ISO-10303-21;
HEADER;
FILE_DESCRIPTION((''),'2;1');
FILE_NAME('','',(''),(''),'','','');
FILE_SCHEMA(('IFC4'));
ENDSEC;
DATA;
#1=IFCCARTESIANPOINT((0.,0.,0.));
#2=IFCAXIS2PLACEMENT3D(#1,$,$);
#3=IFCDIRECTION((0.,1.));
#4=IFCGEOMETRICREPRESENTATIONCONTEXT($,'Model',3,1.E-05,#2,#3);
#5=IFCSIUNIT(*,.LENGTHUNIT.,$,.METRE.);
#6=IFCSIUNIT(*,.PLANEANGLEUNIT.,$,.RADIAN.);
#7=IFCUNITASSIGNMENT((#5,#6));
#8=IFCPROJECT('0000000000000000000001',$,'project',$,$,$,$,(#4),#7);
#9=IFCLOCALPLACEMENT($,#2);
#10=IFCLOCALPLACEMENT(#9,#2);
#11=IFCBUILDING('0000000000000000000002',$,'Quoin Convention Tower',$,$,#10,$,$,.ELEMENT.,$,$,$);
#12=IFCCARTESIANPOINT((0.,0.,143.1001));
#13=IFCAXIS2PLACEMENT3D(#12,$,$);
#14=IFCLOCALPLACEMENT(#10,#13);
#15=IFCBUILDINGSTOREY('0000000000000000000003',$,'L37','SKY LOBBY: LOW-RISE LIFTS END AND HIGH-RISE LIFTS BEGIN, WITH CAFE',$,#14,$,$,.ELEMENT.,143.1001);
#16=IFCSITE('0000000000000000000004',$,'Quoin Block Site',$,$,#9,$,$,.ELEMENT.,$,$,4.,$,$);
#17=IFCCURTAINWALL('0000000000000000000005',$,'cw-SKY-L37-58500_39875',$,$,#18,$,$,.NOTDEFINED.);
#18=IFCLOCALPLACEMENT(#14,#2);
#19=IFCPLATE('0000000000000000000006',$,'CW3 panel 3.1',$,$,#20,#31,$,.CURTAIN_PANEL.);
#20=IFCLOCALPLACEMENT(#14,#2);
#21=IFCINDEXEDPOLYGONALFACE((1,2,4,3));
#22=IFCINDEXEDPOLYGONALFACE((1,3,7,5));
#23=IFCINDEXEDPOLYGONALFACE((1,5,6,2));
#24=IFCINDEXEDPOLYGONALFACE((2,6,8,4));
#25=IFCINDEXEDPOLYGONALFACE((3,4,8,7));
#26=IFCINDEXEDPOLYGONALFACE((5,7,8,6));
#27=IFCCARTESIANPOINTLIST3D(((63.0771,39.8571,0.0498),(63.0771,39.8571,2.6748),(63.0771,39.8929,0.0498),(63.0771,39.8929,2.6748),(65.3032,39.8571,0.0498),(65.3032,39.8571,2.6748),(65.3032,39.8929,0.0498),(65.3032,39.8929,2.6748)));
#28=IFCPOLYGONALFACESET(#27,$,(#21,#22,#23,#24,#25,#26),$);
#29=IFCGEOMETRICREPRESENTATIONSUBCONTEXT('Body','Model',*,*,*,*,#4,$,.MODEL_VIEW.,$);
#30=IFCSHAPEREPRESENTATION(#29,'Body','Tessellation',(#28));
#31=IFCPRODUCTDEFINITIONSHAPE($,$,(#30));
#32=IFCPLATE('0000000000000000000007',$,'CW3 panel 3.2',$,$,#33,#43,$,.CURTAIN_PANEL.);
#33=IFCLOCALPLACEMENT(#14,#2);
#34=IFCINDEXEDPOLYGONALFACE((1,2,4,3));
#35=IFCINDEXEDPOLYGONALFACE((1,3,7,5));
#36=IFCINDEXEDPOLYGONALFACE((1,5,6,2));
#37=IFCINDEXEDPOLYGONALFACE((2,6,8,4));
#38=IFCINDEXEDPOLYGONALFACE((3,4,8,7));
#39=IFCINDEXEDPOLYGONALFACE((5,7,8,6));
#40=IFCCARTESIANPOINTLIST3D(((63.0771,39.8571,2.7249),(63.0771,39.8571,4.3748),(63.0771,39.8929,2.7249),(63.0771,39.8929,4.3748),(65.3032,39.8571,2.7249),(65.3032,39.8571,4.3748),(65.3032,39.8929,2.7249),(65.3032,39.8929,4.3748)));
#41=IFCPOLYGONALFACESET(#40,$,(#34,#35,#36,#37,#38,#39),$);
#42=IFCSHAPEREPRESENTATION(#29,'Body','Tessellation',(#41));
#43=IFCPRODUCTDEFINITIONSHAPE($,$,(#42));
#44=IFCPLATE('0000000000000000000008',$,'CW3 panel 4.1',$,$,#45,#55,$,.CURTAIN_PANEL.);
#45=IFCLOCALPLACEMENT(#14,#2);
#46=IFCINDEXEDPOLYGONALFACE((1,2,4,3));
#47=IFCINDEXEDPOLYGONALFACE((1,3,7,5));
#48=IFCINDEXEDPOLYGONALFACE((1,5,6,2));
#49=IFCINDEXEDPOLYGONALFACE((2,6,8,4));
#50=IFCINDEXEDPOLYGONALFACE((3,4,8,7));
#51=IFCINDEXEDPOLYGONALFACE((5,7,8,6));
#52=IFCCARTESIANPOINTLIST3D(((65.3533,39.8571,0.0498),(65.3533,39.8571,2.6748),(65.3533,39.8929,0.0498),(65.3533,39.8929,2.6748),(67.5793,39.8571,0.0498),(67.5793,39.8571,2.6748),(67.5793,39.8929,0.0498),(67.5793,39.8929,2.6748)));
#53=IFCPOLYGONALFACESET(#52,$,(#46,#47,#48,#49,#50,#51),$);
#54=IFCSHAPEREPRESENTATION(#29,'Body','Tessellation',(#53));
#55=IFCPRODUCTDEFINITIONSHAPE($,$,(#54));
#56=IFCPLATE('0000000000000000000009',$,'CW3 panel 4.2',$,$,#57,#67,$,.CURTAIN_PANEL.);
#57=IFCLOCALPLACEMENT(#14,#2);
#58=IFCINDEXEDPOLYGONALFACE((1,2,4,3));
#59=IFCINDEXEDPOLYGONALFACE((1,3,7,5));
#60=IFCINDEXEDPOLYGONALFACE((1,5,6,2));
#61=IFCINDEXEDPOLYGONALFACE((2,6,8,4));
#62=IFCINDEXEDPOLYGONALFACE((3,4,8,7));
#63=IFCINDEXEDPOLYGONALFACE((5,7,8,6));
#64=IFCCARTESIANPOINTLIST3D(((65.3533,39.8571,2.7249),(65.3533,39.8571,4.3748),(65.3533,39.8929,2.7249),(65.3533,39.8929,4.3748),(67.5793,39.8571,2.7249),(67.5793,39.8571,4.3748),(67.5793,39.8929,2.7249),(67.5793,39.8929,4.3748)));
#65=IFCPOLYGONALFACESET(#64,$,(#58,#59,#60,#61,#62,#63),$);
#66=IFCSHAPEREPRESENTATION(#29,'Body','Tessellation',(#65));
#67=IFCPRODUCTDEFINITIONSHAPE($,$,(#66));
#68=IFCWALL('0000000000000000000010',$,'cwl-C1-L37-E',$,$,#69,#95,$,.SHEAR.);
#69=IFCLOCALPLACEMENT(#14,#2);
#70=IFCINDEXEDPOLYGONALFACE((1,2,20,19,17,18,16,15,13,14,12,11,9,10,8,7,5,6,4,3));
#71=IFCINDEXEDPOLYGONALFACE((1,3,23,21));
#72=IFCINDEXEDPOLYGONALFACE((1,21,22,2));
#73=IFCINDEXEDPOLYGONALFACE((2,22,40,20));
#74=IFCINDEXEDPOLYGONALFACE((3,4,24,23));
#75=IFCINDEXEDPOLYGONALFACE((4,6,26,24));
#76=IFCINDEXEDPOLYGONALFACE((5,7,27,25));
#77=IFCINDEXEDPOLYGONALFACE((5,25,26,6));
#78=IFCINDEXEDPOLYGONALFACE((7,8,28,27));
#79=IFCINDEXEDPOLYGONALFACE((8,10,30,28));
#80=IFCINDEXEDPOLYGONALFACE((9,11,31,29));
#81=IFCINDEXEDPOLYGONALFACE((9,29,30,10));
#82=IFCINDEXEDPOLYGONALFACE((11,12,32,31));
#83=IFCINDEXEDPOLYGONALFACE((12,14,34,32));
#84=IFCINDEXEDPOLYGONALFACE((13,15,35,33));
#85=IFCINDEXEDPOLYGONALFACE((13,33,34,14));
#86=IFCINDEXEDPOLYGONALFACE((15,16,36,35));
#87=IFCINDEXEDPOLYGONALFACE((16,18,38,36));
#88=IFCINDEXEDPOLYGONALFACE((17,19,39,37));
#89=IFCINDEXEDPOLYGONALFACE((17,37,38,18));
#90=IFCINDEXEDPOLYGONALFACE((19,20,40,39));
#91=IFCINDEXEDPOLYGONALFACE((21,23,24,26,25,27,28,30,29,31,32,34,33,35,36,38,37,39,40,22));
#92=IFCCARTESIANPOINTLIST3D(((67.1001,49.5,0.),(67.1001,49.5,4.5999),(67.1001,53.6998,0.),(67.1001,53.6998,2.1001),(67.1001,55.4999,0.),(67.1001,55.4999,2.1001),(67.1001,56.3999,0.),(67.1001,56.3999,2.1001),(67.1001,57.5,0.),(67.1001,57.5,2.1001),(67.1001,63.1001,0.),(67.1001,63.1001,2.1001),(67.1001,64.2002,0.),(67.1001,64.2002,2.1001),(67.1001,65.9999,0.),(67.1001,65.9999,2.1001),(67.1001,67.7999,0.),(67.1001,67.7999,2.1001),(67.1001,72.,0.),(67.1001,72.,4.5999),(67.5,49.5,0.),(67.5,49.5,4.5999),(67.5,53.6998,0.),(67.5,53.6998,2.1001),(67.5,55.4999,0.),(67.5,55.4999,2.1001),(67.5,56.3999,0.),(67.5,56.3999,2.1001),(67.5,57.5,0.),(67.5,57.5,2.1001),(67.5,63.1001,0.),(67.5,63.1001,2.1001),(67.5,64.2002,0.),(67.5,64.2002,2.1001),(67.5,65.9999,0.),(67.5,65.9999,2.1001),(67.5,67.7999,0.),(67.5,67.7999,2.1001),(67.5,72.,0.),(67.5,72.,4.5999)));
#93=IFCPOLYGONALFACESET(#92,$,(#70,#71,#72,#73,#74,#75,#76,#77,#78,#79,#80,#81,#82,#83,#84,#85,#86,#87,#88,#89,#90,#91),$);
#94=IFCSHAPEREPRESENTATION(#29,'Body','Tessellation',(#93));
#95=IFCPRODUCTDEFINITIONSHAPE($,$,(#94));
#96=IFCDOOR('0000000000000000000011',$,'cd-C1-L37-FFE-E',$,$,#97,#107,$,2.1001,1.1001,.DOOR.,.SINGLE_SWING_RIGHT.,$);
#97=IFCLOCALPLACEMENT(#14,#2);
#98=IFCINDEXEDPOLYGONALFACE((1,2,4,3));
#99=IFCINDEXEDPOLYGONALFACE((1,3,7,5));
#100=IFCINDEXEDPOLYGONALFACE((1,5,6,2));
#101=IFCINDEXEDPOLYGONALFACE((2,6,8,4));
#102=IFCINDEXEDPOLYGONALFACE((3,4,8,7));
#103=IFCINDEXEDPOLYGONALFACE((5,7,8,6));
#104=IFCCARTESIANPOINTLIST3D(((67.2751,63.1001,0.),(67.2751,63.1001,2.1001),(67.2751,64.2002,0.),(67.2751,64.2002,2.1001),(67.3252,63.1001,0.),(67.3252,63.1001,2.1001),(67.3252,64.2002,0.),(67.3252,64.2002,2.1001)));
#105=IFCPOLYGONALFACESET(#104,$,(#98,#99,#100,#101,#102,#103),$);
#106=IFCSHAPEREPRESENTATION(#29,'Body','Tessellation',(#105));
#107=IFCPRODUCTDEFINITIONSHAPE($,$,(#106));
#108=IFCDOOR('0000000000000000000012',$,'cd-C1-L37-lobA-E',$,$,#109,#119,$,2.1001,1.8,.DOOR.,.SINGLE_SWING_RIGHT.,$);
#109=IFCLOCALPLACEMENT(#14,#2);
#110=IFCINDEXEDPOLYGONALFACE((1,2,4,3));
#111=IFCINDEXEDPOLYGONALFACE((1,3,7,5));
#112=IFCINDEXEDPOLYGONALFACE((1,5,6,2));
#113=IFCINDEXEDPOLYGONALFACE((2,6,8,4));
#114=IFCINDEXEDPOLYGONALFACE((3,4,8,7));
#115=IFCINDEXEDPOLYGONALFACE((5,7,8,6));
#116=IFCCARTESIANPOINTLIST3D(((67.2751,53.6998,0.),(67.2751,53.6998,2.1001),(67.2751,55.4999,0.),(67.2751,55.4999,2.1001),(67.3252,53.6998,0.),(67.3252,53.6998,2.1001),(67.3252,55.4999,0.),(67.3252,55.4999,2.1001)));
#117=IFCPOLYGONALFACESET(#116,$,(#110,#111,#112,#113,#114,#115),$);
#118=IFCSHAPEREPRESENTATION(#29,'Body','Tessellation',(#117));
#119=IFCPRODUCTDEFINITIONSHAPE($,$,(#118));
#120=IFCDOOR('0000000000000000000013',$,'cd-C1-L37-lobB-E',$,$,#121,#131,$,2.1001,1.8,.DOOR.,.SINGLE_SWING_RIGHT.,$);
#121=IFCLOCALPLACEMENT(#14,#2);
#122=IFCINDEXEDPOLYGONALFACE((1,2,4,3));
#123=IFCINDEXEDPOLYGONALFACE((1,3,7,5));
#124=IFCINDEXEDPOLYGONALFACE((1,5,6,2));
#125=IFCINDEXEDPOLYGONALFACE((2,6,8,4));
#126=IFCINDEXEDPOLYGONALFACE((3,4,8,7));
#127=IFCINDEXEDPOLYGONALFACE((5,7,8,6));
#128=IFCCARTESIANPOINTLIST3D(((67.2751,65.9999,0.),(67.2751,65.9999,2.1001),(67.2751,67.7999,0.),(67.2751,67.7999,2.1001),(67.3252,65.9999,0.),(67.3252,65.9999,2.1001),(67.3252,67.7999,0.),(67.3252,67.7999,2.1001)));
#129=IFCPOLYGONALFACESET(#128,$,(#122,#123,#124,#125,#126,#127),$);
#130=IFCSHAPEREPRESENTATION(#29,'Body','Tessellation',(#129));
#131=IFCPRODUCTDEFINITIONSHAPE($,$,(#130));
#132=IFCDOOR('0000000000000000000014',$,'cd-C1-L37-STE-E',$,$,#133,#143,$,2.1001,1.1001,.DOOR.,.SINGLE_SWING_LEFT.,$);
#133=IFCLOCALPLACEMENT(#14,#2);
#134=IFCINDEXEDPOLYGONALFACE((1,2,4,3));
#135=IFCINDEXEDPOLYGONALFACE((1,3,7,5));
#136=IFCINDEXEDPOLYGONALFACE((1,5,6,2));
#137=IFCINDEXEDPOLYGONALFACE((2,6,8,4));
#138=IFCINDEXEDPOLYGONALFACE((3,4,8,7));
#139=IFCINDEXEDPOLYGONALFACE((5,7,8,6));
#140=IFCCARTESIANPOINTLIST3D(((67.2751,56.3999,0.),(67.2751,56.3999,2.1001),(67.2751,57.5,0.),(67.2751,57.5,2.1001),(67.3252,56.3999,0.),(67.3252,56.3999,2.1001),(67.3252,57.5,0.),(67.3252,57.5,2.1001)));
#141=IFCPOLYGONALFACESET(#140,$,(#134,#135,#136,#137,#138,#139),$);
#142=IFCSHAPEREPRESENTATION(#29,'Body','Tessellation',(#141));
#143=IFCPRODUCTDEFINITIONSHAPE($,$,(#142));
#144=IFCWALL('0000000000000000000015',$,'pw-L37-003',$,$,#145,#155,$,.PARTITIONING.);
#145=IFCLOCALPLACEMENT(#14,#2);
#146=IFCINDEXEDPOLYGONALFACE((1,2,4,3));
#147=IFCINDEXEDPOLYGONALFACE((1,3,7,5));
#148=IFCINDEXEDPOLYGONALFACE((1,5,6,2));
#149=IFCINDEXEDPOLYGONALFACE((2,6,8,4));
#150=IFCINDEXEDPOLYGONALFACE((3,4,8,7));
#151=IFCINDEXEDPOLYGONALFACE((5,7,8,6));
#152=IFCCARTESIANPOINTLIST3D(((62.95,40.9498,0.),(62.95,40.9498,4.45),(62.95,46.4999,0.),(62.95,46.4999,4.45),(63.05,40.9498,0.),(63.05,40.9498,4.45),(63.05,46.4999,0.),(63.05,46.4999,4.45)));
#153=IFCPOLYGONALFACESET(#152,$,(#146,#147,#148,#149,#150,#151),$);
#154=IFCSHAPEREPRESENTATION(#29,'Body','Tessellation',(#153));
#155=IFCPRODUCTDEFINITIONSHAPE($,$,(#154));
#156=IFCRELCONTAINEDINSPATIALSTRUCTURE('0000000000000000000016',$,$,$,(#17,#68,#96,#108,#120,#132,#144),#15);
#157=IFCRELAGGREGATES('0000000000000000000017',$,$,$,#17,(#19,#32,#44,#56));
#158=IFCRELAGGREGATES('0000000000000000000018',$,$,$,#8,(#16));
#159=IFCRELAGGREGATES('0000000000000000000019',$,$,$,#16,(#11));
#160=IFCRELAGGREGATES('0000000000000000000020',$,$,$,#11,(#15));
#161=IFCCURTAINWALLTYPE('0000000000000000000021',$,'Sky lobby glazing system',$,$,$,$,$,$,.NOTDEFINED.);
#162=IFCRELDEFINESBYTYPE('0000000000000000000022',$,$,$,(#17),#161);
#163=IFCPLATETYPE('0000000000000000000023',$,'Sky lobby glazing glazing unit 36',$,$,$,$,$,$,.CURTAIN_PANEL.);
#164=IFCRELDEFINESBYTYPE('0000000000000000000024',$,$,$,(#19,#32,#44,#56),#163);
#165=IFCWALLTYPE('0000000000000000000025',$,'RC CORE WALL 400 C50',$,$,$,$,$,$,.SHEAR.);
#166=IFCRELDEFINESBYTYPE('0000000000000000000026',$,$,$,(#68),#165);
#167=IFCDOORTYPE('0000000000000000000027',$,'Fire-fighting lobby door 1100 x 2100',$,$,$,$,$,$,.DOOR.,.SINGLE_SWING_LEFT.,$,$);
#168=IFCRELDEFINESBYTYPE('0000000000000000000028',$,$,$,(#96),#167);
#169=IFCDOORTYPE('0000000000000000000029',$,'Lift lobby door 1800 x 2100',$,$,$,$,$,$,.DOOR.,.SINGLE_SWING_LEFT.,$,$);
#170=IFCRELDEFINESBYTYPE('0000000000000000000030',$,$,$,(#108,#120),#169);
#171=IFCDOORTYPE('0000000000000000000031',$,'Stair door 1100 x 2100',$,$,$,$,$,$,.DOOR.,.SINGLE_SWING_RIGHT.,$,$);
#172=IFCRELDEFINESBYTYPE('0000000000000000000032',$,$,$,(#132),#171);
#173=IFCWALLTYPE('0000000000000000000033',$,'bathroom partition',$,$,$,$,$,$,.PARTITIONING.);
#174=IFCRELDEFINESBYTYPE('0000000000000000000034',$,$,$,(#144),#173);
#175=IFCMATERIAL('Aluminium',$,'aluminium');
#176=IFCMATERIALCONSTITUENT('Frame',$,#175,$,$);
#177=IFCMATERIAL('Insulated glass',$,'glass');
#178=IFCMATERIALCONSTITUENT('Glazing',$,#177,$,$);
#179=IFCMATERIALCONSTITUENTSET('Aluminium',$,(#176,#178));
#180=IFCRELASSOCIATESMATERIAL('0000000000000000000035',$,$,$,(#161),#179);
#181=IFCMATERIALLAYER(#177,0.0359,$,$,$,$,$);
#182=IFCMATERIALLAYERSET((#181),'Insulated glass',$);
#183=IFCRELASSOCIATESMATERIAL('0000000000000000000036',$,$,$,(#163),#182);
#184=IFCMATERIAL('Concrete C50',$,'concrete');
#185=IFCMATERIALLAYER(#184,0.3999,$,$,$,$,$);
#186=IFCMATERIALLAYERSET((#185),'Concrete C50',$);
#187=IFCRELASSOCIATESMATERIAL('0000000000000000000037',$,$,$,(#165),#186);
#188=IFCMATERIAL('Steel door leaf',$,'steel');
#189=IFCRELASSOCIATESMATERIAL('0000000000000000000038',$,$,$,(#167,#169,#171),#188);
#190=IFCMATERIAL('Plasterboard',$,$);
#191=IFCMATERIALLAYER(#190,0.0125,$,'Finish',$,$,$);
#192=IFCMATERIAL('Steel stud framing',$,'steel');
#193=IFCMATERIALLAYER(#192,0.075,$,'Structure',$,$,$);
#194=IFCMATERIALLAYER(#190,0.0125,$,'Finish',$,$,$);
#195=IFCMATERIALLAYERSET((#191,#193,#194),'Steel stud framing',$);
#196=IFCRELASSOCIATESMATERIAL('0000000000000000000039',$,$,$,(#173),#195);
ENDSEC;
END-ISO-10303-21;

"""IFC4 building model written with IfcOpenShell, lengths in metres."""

from ifc_helpers import new_model, si_unit, direction, frame, frame_2d, origin, origin_2d, place, context, subcontext, project, spatial, rectangle, extrude, material, layer, layer_set, constituent, constituent_set, type_object, element, fill, aggregate, save


model = new_model("IFC4")

# Units and contexts
model_context = context("Model", 3, precision=1e-05, world=origin(), true_north=direction((0.0, 1.0)))
body_context = subcontext(model_context, "Body", "Model", "MODEL_VIEW")
ifc_project = project(units=[si_unit("LENGTHUNIT", "METRE"), si_unit("PLANEANGLEUNIT", "RADIAN")], contexts=[model_context])

# Site, building, storey
site_placement = place(None, origin())
site = spatial("IfcSite", under=ifc_project, at=site_placement, Name="Quoin Block Site", CompositionType="ELEMENT", RefElevation=4.0)
building_placement = place(site_placement, origin())
building = spatial("IfcBuilding", under=site, at=building_placement, Name="Quoin Convention Tower", CompositionType="ELEMENT")
storey_placement = place(building_placement, frame((0.0, 0.0, 143.1001)))
storey = spatial("IfcBuildingStorey", under=building, at=storey_placement, Name="L37", Description="SKY LOBBY: LOW-RISE LIFTS END AND HIGH-RISE LIFTS BEGIN, WITH CAFE", CompositionType="ELEMENT", Elevation=143.1001)

# Shared definitions
ifc_material_1 = material(Name="Concrete C50", Category="concrete")

# Curtain wall, plates
ifc_material_2 = material(Name="Aluminium", Category="aluminium")
ifc_constituent_1 = constituent(ifc_material_2, Name="Frame")
ifc_material_3 = material(Name="Insulated glass", Category="glass")
ifc_constituent_2 = constituent(ifc_material_3, Name="Glazing")
ifc_constituent_set = constituent_set(constituents=[ifc_constituent_1, ifc_constituent_2], Name="Aluminium")
curtain_wall_type = type_object("IfcCurtainWallType", Name="Sky lobby glazing system", PredefinedType="NOTDEFINED", material=ifc_constituent_set)
curtain_wall_placement = place(storey_placement, origin())
curtain_wall = element("IfcCurtainWall", 1, at=curtain_wall_placement, inside=storey, type_object=curtain_wall_type, Name="cw-SKY-L37-58500_39875", PredefinedType="NOTDEFINED")
ifc_layer_1 = layer(ifc_material_3, 0.0359)
ifc_layer_set_1 = layer_set([ifc_layer_1], Name="Insulated glass")
plate_type = type_object("IfcPlateType", Name="Sky lobby glazing glazing unit 36", PredefinedType="CURTAIN_PANEL", material=ifc_layer_set_1)
plate_1_placement = place(storey_placement, frame((64.1902, 39.875, 0.0498), z_axis=(0.0, 0.0, 1.0), x_axis=(1.0, 0.0, 0.0)))
plate_1 = element("IfcPlate", 2, at=plate_1_placement, type_object=plate_type, Name="CW3 panel 3.1", PredefinedType="CURTAIN_PANEL", context=body_context, shape_type="SweptSolid", body=[
    extrude(rectangle(XDim=2.2261, YDim=0.0359, at=origin_2d()), origin(), (0.0, 0.0, 1.0), 2.625),
])
plate_2_placement = place(storey_placement, frame((64.1902, 39.875, 2.7249), z_axis=(0.0, 0.0, 1.0), x_axis=(1.0, 0.0, 0.0)))
plate_2 = element("IfcPlate", 3, at=plate_2_placement, type_object=plate_type, Name="CW3 panel 3.2", PredefinedType="CURTAIN_PANEL", context=body_context, shape_type="SweptSolid", body=[
    extrude(rectangle(XDim=2.2261, YDim=0.0359, at=origin_2d()), origin(), (0.0, 0.0, 1.0), 1.6499),
])
plate_3_placement = place(storey_placement, frame((66.4663, 39.875, 0.0498), z_axis=(0.0, 0.0, 1.0), x_axis=(1.0, 0.0, 0.0)))
plate_3 = element("IfcPlate", 4, at=plate_3_placement, type_object=plate_type, Name="CW3 panel 4.1", PredefinedType="CURTAIN_PANEL", context=body_context, shape_type="SweptSolid", body=[
    extrude(rectangle(XDim=2.2261, YDim=0.0359, at=origin_2d()), origin(), (0.0, 0.0, 1.0), 2.625),
])
plate_4_placement = place(storey_placement, frame((66.4663, 39.875, 2.7249), z_axis=(0.0, 0.0, 1.0), x_axis=(1.0, 0.0, 0.0)))
plate_4 = element("IfcPlate", 5, at=plate_4_placement, type_object=plate_type, Name="CW3 panel 4.2", PredefinedType="CURTAIN_PANEL", context=body_context, shape_type="SweptSolid", body=[
    extrude(rectangle(XDim=2.2261, YDim=0.0359, at=origin_2d()), origin(), (0.0, 0.0, 1.0), 1.6499),
])
aggregate(curtain_wall, [plate_1, plate_2, plate_3, plate_4])

# Wall, openings, doors
ifc_layer_2 = layer(ifc_material_1, 0.3999)
ifc_layer_set_2 = layer_set([ifc_layer_2], Name="Concrete C50")
wall_type_1 = type_object("IfcWallType", Name="RC CORE WALL 400 C50", PredefinedType="SHEAR", material=ifc_layer_set_2)
wall_1_placement = place(storey_placement, frame((67.3, 49.5, 0.0), z_axis=(0.0, 0.0, 1.0), x_axis=(0.0, 1.0, 0.0)))
wall_1 = element("IfcWall", 6, at=wall_1_placement, inside=storey, type_object=wall_type_1, Name="cwl-C1-L37-E", PredefinedType="SHEAR", context=body_context, shape_type="SweptSolid", body=[
    extrude(rectangle(XDim=22.5, YDim=0.3999, at=frame_2d((11.25, 0.0))), origin(), (0.0, 0.0, 1.0), 4.5999),
])
opening_1_placement = place(wall_1_placement, frame((4.2, 0.0, 0.0)))
opening_1 = element("IfcOpeningElement", 7, at=opening_1_placement, cuts=wall_1, PredefinedType="OPENING", context=body_context, shape_type="SweptSolid", body=[
    extrude(rectangle(XDim=1.8, YDim=2.1001, at=frame_2d((0.8999, 1.05))), frame((0.0, 0.21, 0.0), z_axis=(0.0, -1.0, 0.0), x_axis=(1.0, 0.0, 0.0)), (0.0, 0.0, 1.0), 0.4199),
])
opening_2_placement = place(wall_1_placement, frame((6.8999, 0.0, 0.0)))
opening_2 = element("IfcOpeningElement", 8, at=opening_2_placement, cuts=wall_1, PredefinedType="OPENING", context=body_context, shape_type="SweptSolid", body=[
    extrude(rectangle(XDim=1.1001, YDim=2.1001, at=frame_2d((0.55, 1.05))), frame((0.0, 0.21, 0.0), z_axis=(0.0, -1.0, 0.0), x_axis=(1.0, 0.0, 0.0)), (0.0, 0.0, 1.0), 0.4199),
])
opening_3_placement = place(wall_1_placement, frame((13.6001, 0.0, 0.0)))
opening_3 = element("IfcOpeningElement", 9, at=opening_3_placement, cuts=wall_1, PredefinedType="OPENING", context=body_context, shape_type="SweptSolid", body=[
    extrude(rectangle(XDim=1.1001, YDim=2.1001, at=frame_2d((0.55, 1.05))), frame((0.0, 0.21, 0.0), z_axis=(0.0, -1.0, 0.0), x_axis=(1.0, 0.0, 0.0)), (0.0, 0.0, 1.0), 0.4199),
])
opening_4_placement = place(wall_1_placement, frame((16.5, 0.0, 0.0)))
opening_4 = element("IfcOpeningElement", 10, at=opening_4_placement, cuts=wall_1, PredefinedType="OPENING", context=body_context, shape_type="SweptSolid", body=[
    extrude(rectangle(XDim=1.8, YDim=2.1001, at=frame_2d((0.8999, 1.05))), frame((0.0, 0.21, 0.0), z_axis=(0.0, -1.0, 0.0), x_axis=(1.0, 0.0, 0.0)), (0.0, 0.0, 1.0), 0.4199),
])
ifc_material_4 = material(Name="Steel door leaf", Category="steel")
door_type_1 = type_object("IfcDoorType", Name="Fire-fighting lobby door 1100 x 2100", OperationType="SINGLE_SWING_LEFT", PredefinedType="DOOR", material=ifc_material_4)
door_1_placement = place(opening_3_placement, origin())
door_1 = element("IfcDoor", 11, at=door_1_placement, inside=storey, type_object=door_type_1, Name="cd-C1-L37-FFE-E", OperationType="SINGLE_SWING_RIGHT", OverallHeight=2.1001, OverallWidth=1.1001, PredefinedType="DOOR", context=body_context, shape_type="SweptSolid", body=[
    extrude(rectangle(XDim=1.1001, YDim=2.1001, at=frame_2d((0.55, 1.05))), frame((0.0, 0.0249, 0.0), z_axis=(0.0, -1.0, 0.0), x_axis=(1.0, 0.0, 0.0)), (0.0, 0.0, 1.0), 0.05),
])
fill(opening_3, door_1)
door_type_2 = type_object("IfcDoorType", Name="Lift lobby door 1800 x 2100", OperationType="SINGLE_SWING_LEFT", PredefinedType="DOOR", material=ifc_material_4)
door_2_placement = place(opening_1_placement, origin())
door_2 = element("IfcDoor", 12, at=door_2_placement, inside=storey, type_object=door_type_2, Name="cd-C1-L37-lobA-E", OperationType="SINGLE_SWING_RIGHT", OverallHeight=2.1001, OverallWidth=1.8, PredefinedType="DOOR", context=body_context, shape_type="SweptSolid", body=[
    extrude(rectangle(XDim=1.8, YDim=2.1001, at=frame_2d((0.8999, 1.05))), frame((0.0, 0.0249, 0.0), z_axis=(0.0, -1.0, 0.0), x_axis=(1.0, 0.0, 0.0)), (0.0, 0.0, 1.0), 0.05),
])
fill(opening_1, door_2)
door_3_placement = place(opening_4_placement, origin())
door_3 = element("IfcDoor", 13, at=door_3_placement, inside=storey, type_object=door_type_2, Name="cd-C1-L37-lobB-E", OperationType="SINGLE_SWING_RIGHT", OverallHeight=2.1001, OverallWidth=1.8, PredefinedType="DOOR", context=body_context, shape_type="SweptSolid", body=[
    extrude(rectangle(XDim=1.8, YDim=2.1001, at=frame_2d((0.8999, 1.05))), frame((0.0, 0.0249, 0.0), z_axis=(0.0, -1.0, 0.0), x_axis=(1.0, 0.0, 0.0)), (0.0, 0.0, 1.0), 0.05),
])
fill(opening_4, door_3)
door_type_3 = type_object("IfcDoorType", Name="Stair door 1100 x 2100", OperationType="SINGLE_SWING_RIGHT", PredefinedType="DOOR", material=ifc_material_4)
door_4_placement = place(opening_2_placement, origin())
door_4 = element("IfcDoor", 14, at=door_4_placement, inside=storey, type_object=door_type_3, Name="cd-C1-L37-STE-E", OperationType="SINGLE_SWING_LEFT", OverallHeight=2.1001, OverallWidth=1.1001, PredefinedType="DOOR", context=body_context, shape_type="SweptSolid", body=[
    extrude(rectangle(XDim=1.1001, YDim=2.1001, at=frame_2d((0.55, 1.05))), frame((0.0, 0.0249, 0.0), z_axis=(0.0, -1.0, 0.0), x_axis=(1.0, 0.0, 0.0)), (0.0, 0.0, 1.0), 0.05),
])
fill(opening_2, door_4)

# Wall
ifc_material_5 = material(Name="Plasterboard")
ifc_layer_3 = layer(ifc_material_5, 0.0125, Name="Finish")
ifc_material_6 = material(Name="Steel stud framing", Category="steel")
ifc_layer_4 = layer(ifc_material_6, 0.075, Name="Structure")
ifc_layer_5 = layer(ifc_material_5, 0.0125, Name="Finish")
ifc_layer_set_3 = layer_set([ifc_layer_3, ifc_layer_4, ifc_layer_5], Name="Steel stud framing")
wall_type_2 = type_object("IfcWallType", Name="bathroom partition", PredefinedType="PARTITIONING", material=ifc_layer_set_3)
wall_2_placement = place(storey_placement, frame((63.0, 40.95, 0.0), z_axis=(0.0, 0.0, 1.0), x_axis=(0.0, 1.0, 0.0)))
element("IfcWall", 15, at=wall_2_placement, inside=storey, type_object=wall_type_2, Name="pw-L37-003", PredefinedType="PARTITIONING", context=body_context, shape_type="SweptSolid", body=[
    extrude(rectangle(XDim=5.55, YDim=0.1001, at=frame_2d((2.7749, 0.0))), origin(), (0.0, 0.0, 1.0), 4.45),
])

save(model, "model.ifc")
